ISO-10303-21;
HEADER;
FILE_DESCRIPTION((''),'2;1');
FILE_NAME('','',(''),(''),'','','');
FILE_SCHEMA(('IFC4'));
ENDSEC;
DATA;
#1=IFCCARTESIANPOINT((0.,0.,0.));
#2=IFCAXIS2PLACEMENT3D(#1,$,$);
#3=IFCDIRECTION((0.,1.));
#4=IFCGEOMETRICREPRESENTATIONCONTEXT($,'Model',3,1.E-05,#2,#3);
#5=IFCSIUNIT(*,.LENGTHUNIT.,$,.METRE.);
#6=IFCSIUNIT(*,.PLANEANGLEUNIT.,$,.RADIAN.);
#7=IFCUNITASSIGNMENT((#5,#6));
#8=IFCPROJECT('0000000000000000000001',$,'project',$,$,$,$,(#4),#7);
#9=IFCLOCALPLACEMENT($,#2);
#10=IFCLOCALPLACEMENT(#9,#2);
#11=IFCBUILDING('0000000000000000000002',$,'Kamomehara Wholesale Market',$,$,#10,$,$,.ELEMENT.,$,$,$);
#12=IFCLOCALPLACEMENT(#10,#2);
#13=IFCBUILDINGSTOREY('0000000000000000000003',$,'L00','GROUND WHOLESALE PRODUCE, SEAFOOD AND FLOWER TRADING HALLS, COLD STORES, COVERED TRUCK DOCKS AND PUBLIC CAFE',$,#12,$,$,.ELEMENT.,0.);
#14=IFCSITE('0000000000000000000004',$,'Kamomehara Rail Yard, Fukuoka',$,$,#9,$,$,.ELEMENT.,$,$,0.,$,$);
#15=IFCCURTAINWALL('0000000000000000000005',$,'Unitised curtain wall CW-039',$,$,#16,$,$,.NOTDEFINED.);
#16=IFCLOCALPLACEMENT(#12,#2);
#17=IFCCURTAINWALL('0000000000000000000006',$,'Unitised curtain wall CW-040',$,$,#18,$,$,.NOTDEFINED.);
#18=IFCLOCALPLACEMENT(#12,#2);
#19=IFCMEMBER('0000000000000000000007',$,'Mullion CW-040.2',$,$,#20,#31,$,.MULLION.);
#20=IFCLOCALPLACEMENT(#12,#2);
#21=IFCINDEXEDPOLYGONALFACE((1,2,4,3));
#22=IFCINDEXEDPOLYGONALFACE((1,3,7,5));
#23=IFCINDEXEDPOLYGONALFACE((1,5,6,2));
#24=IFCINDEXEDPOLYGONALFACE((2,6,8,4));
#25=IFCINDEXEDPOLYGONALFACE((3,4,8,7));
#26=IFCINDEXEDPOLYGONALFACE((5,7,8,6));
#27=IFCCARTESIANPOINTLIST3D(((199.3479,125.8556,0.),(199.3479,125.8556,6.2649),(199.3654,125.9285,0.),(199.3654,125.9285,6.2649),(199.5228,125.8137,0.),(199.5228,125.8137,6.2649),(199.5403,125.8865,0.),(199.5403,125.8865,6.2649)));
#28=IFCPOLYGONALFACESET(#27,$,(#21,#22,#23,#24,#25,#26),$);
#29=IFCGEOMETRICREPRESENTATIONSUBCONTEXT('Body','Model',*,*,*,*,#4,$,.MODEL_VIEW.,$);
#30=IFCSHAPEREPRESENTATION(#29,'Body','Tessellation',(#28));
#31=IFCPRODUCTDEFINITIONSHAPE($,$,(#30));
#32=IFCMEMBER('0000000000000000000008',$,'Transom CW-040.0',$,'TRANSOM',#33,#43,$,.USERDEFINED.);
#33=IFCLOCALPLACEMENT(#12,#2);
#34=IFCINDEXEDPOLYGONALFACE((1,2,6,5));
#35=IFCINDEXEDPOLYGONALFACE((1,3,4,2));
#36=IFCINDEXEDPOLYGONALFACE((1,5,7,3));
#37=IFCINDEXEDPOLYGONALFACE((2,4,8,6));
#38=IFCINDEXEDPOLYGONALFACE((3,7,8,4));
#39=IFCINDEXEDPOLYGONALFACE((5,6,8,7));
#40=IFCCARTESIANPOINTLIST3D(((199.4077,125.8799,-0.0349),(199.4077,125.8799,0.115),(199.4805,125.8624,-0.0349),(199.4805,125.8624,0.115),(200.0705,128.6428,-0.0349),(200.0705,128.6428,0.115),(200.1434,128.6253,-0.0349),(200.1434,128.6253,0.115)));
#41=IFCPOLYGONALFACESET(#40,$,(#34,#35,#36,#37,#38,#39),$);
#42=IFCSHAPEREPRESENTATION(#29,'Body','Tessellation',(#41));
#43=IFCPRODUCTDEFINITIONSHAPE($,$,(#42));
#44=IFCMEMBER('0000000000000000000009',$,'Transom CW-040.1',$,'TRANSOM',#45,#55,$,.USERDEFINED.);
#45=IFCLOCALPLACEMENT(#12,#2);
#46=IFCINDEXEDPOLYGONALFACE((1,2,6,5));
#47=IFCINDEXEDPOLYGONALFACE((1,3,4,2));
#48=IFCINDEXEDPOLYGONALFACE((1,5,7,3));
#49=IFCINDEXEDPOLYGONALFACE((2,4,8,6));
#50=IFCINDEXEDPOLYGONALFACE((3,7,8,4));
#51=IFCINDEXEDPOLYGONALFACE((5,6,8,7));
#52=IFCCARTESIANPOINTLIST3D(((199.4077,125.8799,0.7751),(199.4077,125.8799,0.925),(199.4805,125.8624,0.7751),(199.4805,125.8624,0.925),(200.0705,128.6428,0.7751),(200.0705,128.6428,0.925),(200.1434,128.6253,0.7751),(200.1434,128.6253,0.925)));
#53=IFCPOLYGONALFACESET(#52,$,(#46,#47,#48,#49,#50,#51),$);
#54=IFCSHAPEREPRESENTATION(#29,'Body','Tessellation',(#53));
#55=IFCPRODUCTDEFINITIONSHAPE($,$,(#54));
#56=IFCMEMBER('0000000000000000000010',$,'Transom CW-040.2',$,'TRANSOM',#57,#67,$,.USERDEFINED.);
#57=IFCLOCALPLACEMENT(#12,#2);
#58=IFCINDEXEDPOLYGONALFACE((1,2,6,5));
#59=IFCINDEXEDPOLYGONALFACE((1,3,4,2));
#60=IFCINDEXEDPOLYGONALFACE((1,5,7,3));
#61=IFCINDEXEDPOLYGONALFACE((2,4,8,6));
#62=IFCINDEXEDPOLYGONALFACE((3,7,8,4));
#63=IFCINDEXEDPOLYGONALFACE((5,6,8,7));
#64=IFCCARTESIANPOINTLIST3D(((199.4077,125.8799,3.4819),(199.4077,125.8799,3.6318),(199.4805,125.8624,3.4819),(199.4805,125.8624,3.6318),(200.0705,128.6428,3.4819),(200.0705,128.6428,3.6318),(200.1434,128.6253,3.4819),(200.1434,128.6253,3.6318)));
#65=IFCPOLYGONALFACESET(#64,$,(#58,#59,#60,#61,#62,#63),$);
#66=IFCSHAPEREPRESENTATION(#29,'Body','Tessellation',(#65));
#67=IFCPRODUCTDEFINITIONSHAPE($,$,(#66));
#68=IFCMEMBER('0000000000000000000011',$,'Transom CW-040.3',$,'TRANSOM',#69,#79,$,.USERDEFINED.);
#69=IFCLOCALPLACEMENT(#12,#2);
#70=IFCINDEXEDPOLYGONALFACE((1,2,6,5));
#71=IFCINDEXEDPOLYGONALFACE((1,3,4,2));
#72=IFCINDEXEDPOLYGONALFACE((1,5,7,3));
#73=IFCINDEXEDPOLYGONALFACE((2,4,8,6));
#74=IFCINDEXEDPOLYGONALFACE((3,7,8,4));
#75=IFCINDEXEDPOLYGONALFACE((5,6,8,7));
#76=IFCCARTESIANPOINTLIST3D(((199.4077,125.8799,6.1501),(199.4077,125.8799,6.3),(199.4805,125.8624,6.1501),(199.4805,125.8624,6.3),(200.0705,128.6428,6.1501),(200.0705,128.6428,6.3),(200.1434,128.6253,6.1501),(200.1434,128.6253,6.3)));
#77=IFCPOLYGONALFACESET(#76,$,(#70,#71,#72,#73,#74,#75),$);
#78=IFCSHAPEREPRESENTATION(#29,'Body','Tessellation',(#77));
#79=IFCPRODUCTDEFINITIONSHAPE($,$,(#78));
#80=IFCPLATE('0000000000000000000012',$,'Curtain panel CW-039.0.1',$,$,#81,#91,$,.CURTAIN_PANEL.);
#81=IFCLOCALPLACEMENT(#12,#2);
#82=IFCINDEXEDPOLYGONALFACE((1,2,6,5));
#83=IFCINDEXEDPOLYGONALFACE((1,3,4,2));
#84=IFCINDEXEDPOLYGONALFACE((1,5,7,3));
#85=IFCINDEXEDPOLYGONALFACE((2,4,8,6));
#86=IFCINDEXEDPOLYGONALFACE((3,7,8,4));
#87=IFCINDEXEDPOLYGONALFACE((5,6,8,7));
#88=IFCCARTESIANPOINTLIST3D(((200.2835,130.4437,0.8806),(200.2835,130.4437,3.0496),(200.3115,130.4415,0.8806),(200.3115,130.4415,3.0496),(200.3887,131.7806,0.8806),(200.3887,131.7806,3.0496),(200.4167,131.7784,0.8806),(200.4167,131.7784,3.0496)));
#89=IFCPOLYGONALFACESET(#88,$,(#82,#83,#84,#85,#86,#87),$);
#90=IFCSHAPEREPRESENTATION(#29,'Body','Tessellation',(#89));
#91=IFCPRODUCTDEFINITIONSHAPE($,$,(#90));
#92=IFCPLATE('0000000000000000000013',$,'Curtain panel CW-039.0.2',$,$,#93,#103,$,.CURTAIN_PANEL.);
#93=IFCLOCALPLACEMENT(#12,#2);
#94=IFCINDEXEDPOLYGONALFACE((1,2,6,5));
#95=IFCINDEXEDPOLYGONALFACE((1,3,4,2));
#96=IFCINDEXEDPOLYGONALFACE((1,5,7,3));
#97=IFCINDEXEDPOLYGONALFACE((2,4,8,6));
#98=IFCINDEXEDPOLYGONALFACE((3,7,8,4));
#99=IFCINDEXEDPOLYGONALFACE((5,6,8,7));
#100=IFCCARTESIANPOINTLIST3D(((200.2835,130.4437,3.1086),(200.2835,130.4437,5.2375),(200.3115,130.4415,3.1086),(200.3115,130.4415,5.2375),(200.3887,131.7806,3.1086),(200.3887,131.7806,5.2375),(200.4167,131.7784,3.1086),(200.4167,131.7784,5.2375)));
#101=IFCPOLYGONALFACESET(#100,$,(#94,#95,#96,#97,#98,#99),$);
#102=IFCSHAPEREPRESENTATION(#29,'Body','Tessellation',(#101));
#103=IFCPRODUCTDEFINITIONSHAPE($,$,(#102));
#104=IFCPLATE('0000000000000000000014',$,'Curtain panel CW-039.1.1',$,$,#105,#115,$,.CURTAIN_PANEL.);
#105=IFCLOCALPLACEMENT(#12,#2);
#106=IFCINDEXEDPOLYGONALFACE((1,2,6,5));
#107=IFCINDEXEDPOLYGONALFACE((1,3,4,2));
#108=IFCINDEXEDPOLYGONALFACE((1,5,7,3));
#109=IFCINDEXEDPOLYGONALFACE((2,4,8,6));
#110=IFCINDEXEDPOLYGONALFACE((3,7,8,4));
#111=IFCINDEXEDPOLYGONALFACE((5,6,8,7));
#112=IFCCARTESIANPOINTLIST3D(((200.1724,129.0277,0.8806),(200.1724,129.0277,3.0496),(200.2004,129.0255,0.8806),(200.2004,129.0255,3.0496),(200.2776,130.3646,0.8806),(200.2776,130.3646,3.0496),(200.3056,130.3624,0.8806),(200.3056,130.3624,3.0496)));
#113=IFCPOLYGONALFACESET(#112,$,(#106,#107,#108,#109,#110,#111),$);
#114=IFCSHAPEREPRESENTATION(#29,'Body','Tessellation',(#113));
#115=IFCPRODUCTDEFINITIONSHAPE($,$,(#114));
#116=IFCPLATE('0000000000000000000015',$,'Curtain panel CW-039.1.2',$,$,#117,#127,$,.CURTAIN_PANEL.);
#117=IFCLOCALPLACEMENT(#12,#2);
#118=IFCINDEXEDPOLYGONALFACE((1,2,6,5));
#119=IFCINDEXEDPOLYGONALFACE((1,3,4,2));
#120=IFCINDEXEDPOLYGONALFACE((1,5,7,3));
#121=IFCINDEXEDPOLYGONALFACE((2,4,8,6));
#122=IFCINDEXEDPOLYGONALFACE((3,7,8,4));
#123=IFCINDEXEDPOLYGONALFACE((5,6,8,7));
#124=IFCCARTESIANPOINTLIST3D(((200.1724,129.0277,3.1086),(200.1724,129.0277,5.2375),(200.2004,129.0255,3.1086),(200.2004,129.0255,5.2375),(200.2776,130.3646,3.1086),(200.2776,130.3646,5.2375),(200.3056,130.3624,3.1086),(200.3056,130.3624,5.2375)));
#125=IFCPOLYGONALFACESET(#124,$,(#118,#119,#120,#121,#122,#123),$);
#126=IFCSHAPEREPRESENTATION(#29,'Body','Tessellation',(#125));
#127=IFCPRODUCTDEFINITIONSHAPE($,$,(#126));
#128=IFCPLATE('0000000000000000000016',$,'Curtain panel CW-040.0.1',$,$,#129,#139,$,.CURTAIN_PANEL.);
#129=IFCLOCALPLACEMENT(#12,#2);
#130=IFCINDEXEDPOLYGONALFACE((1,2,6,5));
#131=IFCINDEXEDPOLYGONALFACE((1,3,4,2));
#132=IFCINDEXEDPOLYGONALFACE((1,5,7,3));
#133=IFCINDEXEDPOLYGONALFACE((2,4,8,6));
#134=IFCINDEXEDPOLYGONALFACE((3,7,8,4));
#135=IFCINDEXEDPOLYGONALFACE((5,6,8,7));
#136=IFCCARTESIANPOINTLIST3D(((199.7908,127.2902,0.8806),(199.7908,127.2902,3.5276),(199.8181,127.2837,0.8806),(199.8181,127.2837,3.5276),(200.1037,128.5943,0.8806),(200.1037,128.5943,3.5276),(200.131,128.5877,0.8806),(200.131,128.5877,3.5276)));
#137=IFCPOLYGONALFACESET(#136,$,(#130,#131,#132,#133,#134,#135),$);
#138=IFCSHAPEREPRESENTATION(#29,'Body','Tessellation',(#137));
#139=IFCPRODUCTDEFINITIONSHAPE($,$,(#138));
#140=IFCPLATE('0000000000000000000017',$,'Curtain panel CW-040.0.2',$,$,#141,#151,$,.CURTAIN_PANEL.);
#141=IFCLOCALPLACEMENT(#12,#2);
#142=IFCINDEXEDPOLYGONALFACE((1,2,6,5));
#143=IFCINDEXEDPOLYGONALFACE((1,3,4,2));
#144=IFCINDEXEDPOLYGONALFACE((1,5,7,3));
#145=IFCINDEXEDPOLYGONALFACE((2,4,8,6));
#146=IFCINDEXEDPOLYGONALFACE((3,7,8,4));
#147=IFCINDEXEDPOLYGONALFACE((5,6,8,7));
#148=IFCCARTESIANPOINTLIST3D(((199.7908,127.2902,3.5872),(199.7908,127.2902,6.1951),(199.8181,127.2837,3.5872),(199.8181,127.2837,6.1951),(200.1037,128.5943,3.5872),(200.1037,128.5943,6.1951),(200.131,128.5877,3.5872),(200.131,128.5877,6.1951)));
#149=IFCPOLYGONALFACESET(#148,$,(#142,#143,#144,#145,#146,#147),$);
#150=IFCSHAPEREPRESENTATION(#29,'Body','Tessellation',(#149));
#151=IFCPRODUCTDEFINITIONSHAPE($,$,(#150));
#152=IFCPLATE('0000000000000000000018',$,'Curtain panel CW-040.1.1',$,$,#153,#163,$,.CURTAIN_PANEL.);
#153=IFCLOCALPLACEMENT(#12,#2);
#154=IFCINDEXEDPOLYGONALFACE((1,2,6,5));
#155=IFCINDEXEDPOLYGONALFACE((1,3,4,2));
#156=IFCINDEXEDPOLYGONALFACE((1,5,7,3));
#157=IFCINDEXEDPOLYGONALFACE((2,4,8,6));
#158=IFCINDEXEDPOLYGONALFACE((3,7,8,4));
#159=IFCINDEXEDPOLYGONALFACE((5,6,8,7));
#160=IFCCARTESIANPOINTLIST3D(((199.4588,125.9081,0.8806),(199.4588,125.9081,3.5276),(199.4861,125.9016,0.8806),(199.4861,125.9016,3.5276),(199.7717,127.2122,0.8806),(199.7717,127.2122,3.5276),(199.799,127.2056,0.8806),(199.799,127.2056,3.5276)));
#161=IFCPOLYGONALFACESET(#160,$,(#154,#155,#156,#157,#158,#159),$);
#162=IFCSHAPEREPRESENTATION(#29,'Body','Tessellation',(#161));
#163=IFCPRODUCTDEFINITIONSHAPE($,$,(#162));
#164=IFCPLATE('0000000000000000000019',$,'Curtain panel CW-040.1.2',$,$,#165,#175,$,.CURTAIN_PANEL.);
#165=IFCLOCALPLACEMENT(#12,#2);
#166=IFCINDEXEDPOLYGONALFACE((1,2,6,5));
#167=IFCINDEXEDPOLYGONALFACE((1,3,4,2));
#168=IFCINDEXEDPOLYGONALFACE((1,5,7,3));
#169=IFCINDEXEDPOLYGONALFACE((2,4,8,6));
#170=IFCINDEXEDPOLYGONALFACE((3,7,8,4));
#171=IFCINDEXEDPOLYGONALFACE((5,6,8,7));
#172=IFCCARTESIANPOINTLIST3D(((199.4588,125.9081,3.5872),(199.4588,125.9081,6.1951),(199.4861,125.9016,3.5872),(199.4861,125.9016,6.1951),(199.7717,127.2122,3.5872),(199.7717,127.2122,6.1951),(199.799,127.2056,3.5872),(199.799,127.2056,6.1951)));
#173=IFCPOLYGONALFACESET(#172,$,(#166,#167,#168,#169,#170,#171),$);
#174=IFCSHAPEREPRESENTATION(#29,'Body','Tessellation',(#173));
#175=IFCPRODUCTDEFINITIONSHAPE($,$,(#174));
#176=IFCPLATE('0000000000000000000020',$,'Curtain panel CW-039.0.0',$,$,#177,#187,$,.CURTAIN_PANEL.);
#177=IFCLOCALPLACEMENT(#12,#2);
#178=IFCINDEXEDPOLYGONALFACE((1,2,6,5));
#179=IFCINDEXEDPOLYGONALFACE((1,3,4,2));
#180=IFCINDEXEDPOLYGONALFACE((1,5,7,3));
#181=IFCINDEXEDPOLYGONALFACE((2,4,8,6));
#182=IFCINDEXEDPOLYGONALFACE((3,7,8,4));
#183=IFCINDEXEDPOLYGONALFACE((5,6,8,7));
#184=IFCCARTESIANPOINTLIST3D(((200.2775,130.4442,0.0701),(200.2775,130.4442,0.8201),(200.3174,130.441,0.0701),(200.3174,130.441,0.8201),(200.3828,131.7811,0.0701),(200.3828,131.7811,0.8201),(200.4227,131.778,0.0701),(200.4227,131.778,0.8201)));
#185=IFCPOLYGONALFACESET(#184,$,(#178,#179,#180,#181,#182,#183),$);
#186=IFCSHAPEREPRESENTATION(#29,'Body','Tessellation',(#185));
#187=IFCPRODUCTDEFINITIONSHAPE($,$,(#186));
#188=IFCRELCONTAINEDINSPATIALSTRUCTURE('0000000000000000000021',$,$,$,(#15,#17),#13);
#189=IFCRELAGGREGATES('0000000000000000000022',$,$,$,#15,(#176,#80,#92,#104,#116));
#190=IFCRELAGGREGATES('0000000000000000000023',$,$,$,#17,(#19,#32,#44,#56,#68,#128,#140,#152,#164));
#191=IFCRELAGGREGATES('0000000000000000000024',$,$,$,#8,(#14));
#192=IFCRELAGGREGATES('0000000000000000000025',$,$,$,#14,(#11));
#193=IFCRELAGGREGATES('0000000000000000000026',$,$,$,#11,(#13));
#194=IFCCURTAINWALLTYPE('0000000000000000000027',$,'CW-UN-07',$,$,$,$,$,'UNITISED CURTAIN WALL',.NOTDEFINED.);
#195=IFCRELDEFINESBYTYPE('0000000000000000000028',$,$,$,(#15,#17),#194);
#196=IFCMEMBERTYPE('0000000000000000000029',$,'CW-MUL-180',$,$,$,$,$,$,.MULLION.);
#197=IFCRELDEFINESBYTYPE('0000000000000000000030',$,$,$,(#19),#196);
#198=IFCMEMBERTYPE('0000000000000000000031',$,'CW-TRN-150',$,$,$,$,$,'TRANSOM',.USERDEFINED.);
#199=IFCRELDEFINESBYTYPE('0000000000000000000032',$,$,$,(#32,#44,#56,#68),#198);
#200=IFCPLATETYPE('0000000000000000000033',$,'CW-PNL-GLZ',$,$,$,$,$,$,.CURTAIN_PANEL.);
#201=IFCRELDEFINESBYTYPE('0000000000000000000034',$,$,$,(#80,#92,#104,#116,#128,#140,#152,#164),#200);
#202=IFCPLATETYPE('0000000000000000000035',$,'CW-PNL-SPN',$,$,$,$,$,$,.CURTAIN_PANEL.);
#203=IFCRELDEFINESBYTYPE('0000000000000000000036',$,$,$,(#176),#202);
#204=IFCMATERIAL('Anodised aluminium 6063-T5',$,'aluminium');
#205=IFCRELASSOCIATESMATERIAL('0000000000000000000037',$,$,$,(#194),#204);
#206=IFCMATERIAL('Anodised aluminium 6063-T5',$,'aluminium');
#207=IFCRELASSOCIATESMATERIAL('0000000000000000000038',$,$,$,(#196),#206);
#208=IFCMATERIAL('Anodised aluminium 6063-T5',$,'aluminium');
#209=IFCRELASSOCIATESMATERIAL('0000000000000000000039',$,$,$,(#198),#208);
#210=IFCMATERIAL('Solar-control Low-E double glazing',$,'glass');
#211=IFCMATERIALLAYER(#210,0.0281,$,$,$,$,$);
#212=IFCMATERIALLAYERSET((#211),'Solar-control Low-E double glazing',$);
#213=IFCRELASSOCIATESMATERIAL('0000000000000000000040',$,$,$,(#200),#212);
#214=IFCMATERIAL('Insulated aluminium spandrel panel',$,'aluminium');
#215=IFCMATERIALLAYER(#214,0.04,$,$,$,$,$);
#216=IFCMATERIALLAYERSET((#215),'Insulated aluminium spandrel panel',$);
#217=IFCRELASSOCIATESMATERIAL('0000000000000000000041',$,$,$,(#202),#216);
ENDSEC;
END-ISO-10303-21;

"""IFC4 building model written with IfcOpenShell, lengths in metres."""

from ifc_helpers import new_model, si_unit, direction, frame, origin, origin_2d, place, context, subcontext, project, spatial, rectangle, extrude, material, layer, layer_set, material_profile, profile_set, type_object, element, aggregate, save


model = new_model("IFC4")

# Units and contexts
model_context = context("Model", 3, precision=1e-05, world=origin(), true_north=direction((0.0, 1.0)))
body_context = subcontext(model_context, "Body", "Model", "MODEL_VIEW")
ifc_project = project(units=[si_unit("LENGTHUNIT", "METRE"), si_unit("PLANEANGLEUNIT", "RADIAN")], contexts=[model_context])

# Site, building, storey
site_placement = place(None, origin())
site = spatial("IfcSite", under=ifc_project, at=site_placement, Name="Kamomehara Rail Yard, Fukuoka", CompositionType="ELEMENT", RefElevation=0.0)
building_placement = place(site_placement, origin())
building = spatial("IfcBuilding", under=site, at=building_placement, Name="Kamomehara Wholesale Market", CompositionType="ELEMENT")
storey_placement = place(building_placement, origin())
storey = spatial("IfcBuildingStorey", under=building, at=storey_placement, Name="L00", Description="GROUND WHOLESALE PRODUCE, SEAFOOD AND FLOWER TRADING HALLS, COLD STORES, COVERED TRUCK DOCKS AND PUBLIC CAFE", CompositionType="ELEMENT", Elevation=0.0)

# Curtain walls, members
ifc_material_1 = material(Name="Anodised aluminium 6063-T5", Category="aluminium")
curtain_wall_type = type_object("IfcCurtainWallType", Name="CW-UN-07", ElementType="UNITISED CURTAIN WALL", PredefinedType="NOTDEFINED", material=ifc_material_1)
curtain_wall_1_placement = place(storey_placement, origin())
curtain_wall_1 = element("IfcCurtainWall", 1, at=curtain_wall_1_placement, inside=storey, type_object=curtain_wall_type, Name="Unitised curtain wall CW-039", PredefinedType="NOTDEFINED")
ifc_material_2 = material(Name="Anodised aluminium 6063-T5", Category="aluminium")
ifc_material_profile_1 = material_profile(ifc_material_2, rectangle(XDim=0.075, YDim=0.1799, at=origin_2d()), Name="ALU-MUL-75x180")
ifc_profile_set_1 = profile_set([ifc_material_profile_1], Name="Anodised aluminium 6063-T5")
member_type_1 = type_object("IfcMemberType", Name="CW-MUL-180", PredefinedType="MULLION", material=ifc_profile_set_1)
curtain_wall_2_placement = place(storey_placement, origin())
curtain_wall_2 = element("IfcCurtainWall", 2, at=curtain_wall_2_placement, inside=storey, type_object=curtain_wall_type, Name="Unitised curtain wall CW-040", PredefinedType="NOTDEFINED")
member_1_placement = place(storey_placement, frame((199.4441, 125.8711, 0.0), z_axis=(0.0, 0.0, 1.0), x_axis=(-0.233333, -0.972397, 0.0)))
member_1 = element("IfcMember", 3, at=member_1_placement, type_object=member_type_1, Name="Mullion CW-040.2", PredefinedType="MULLION", context=body_context, shape_type="SweptSolid", body=[
    extrude(rectangle(XDim=0.075, YDim=0.1799, at=origin_2d()), origin(), (0.0, 0.0, 1.0), 6.2649),
])
ifc_material_3 = material(Name="Anodised aluminium 6063-T5", Category="aluminium")
ifc_material_profile_2 = material_profile(ifc_material_3, rectangle(XDim=0.075, YDim=0.1499, at=origin_2d()), Name="ALU-TRN-75x150")
ifc_profile_set_2 = profile_set([ifc_material_profile_2], Name="Anodised aluminium 6063-T5")
member_type_2 = type_object("IfcMemberType", Name="CW-TRN-150", ElementType="TRANSOM", PredefinedType="USERDEFINED", material=ifc_profile_set_2)
member_2_placement = place(storey_placement, frame((200.1069, 128.634, 0.04), z_axis=(-0.233285, -0.972408, 0.0), x_axis=(0.972408, -0.233285, 0.0)))
member_2 = element("IfcMember", 4, at=member_2_placement, type_object=member_type_2, Name="Transom CW-040.0", ObjectType="TRANSOM", PredefinedType="USERDEFINED", context=body_context, shape_type="SweptSolid", body=[
    extrude(rectangle(XDim=0.075, YDim=0.1499, at=origin_2d()), origin(), (0.0, 0.0, 1.0), 2.8413),
])
member_3_placement = place(storey_placement, frame((200.1069, 128.634, 0.8501), z_axis=(-0.233285, -0.972408, 0.0), x_axis=(0.972408, -0.233285, 0.0)))
member_3 = element("IfcMember", 5, at=member_3_placement, type_object=member_type_2, Name="Transom CW-040.1", ObjectType="TRANSOM", PredefinedType="USERDEFINED", context=body_context, shape_type="SweptSolid", body=[
    extrude(rectangle(XDim=0.075, YDim=0.1499, at=origin_2d()), origin(), (0.0, 0.0, 1.0), 2.8413),
])
member_4_placement = place(storey_placement, frame((200.1069, 128.634, 3.5569), z_axis=(-0.233285, -0.972408, 0.0), x_axis=(0.972408, -0.233285, 0.0)))
member_4 = element("IfcMember", 6, at=member_4_placement, type_object=member_type_2, Name="Transom CW-040.2", ObjectType="TRANSOM", PredefinedType="USERDEFINED", context=body_context, shape_type="SweptSolid", body=[
    extrude(rectangle(XDim=0.075, YDim=0.1499, at=origin_2d()), origin(), (0.0, 0.0, 1.0), 2.8413),
])
member_5_placement = place(storey_placement, frame((200.1069, 128.634, 6.2251), z_axis=(-0.233285, -0.972408, 0.0), x_axis=(0.972408, -0.233285, 0.0)))
member_5 = element("IfcMember", 7, at=member_5_placement, type_object=member_type_2, Name="Transom CW-040.3", ObjectType="TRANSOM", PredefinedType="USERDEFINED", context=body_context, shape_type="SweptSolid", body=[
    extrude(rectangle(XDim=0.075, YDim=0.1499, at=origin_2d()), origin(), (0.0, 0.0, 1.0), 2.8413),
])

# Plates
ifc_material_4 = material(Name="Solar-control Low-E double glazing", Category="glass")
ifc_layer_1 = layer(ifc_material_4, 0.0281)
ifc_layer_set_1 = layer_set([ifc_layer_1], Name="Solar-control Low-E double glazing")
plate_type_1 = type_object("IfcPlateType", Name="CW-PNL-GLZ", PredefinedType="CURTAIN_PANEL", material=ifc_layer_set_1)
plate_1_placement = place(storey_placement, frame((200.3501, 131.1111, 0.8806), z_axis=(0.0, 0.0, 1.0), x_axis=(-0.078476, -0.996916, 0.0)))
plate_1 = element("IfcPlate", 8, at=plate_1_placement, type_object=plate_type_1, Name="Curtain panel CW-039.0.1", PredefinedType="CURTAIN_PANEL", context=body_context, shape_type="SweptSolid", body=[
    extrude(rectangle(XDim=1.3411, YDim=0.0281, at=origin_2d()), origin(), (0.0, 0.0, 1.0), 2.1689),
])
plate_2_placement = place(storey_placement, frame((200.3501, 131.1111, 3.1086), z_axis=(0.0, 0.0, 1.0), x_axis=(-0.078476, -0.996916, 0.0)))
plate_2 = element("IfcPlate", 9, at=plate_2_placement, type_object=plate_type_1, Name="Curtain panel CW-039.0.2", PredefinedType="CURTAIN_PANEL", context=body_context, shape_type="SweptSolid", body=[
    extrude(rectangle(XDim=1.3411, YDim=0.0281, at=origin_2d()), origin(), (0.0, 0.0, 1.0), 2.1289),
])
plate_3_placement = place(storey_placement, frame((200.239, 129.6951, 0.8806), z_axis=(0.0, 0.0, 1.0), x_axis=(-0.078476, -0.996916, 0.0)))
plate_3 = element("IfcPlate", 10, at=plate_3_placement, type_object=plate_type_1, Name="Curtain panel CW-039.1.1", PredefinedType="CURTAIN_PANEL", context=body_context, shape_type="SweptSolid", body=[
    extrude(rectangle(XDim=1.3411, YDim=0.0281, at=origin_2d()), origin(), (0.0, 0.0, 1.0), 2.1689),
])
plate_4_placement = place(storey_placement, frame((200.239, 129.6951, 3.1086), z_axis=(0.0, 0.0, 1.0), x_axis=(-0.078476, -0.996916, 0.0)))
plate_4 = element("IfcPlate", 11, at=plate_4_placement, type_object=plate_type_1, Name="Curtain panel CW-039.1.2", PredefinedType="CURTAIN_PANEL", context=body_context, shape_type="SweptSolid", body=[
    extrude(rectangle(XDim=1.3411, YDim=0.0281, at=origin_2d()), origin(), (0.0, 0.0, 1.0), 2.1289),
])
plate_5_placement = place(storey_placement, frame((199.9609, 127.939, 0.8806), z_axis=(0.0, 0.0, 1.0), x_axis=(-0.233327, -0.972398, 0.0)))
plate_5 = element("IfcPlate", 12, at=plate_5_placement, type_object=plate_type_1, Name="Curtain panel CW-040.0.1", PredefinedType="CURTAIN_PANEL", context=body_context, shape_type="SweptSolid", body=[
    extrude(rectangle(XDim=1.3411, YDim=0.0281, at=origin_2d()), origin(), (0.0, 0.0, 1.0), 2.647),
])
plate_6_placement = place(storey_placement, frame((199.9609, 127.939, 3.5872), z_axis=(0.0, 0.0, 1.0), x_axis=(-0.233327, -0.972398, 0.0)))
plate_6 = element("IfcPlate", 13, at=plate_6_placement, type_object=plate_type_1, Name="Curtain panel CW-040.0.2", PredefinedType="CURTAIN_PANEL", context=body_context, shape_type="SweptSolid", body=[
    extrude(rectangle(XDim=1.3411, YDim=0.0281, at=origin_2d()), origin(), (0.0, 0.0, 1.0), 2.6079),
])
plate_7_placement = place(storey_placement, frame((199.6289, 126.5569, 0.8806), z_axis=(0.0, 0.0, 1.0), x_axis=(-0.233327, -0.972398, 0.0)))
plate_7 = element("IfcPlate", 14, at=plate_7_placement, type_object=plate_type_1, Name="Curtain panel CW-040.1.1", PredefinedType="CURTAIN_PANEL", context=body_context, shape_type="SweptSolid", body=[
    extrude(rectangle(XDim=1.3411, YDim=0.0281, at=origin_2d()), origin(), (0.0, 0.0, 1.0), 2.647),
])
plate_8_placement = place(storey_placement, frame((199.6289, 126.5569, 3.5872), z_axis=(0.0, 0.0, 1.0), x_axis=(-0.233327, -0.972398, 0.0)))
plate_8 = element("IfcPlate", 15, at=plate_8_placement, type_object=plate_type_1, Name="Curtain panel CW-040.1.2", PredefinedType="CURTAIN_PANEL", context=body_context, shape_type="SweptSolid", body=[
    extrude(rectangle(XDim=1.3411, YDim=0.0281, at=origin_2d()), origin(), (0.0, 0.0, 1.0), 2.6079),
])
ifc_material_5 = material(Name="Insulated aluminium spandrel panel", Category="aluminium")
ifc_layer_2 = layer(ifc_material_5, 0.04)
ifc_layer_set_2 = layer_set([ifc_layer_2], Name="Insulated aluminium spandrel panel")
plate_type_2 = type_object("IfcPlateType", Name="CW-PNL-SPN", PredefinedType="CURTAIN_PANEL", material=ifc_layer_set_2)
plate_9_placement = place(storey_placement, frame((200.3501, 131.1111, 0.0701), z_axis=(0.0, 0.0, 1.0), x_axis=(-0.078476, -0.996916, 0.0)))
plate_9 = element("IfcPlate", 16, at=plate_9_placement, type_object=plate_type_2, Name="Curtain panel CW-039.0.0", PredefinedType="CURTAIN_PANEL", context=body_context, shape_type="SweptSolid", body=[
    extrude(rectangle(XDim=1.3411, YDim=0.04, at=origin_2d()), origin(), (0.0, 0.0, 1.0), 0.75),
])
aggregate(curtain_wall_1, [plate_9, plate_1, plate_2, plate_3, plate_4])
aggregate(curtain_wall_2, [member_1, member_2, member_3, member_4, member_5, plate_5, plate_6, plate_7, plate_8])

save(model, "model.ifc")
